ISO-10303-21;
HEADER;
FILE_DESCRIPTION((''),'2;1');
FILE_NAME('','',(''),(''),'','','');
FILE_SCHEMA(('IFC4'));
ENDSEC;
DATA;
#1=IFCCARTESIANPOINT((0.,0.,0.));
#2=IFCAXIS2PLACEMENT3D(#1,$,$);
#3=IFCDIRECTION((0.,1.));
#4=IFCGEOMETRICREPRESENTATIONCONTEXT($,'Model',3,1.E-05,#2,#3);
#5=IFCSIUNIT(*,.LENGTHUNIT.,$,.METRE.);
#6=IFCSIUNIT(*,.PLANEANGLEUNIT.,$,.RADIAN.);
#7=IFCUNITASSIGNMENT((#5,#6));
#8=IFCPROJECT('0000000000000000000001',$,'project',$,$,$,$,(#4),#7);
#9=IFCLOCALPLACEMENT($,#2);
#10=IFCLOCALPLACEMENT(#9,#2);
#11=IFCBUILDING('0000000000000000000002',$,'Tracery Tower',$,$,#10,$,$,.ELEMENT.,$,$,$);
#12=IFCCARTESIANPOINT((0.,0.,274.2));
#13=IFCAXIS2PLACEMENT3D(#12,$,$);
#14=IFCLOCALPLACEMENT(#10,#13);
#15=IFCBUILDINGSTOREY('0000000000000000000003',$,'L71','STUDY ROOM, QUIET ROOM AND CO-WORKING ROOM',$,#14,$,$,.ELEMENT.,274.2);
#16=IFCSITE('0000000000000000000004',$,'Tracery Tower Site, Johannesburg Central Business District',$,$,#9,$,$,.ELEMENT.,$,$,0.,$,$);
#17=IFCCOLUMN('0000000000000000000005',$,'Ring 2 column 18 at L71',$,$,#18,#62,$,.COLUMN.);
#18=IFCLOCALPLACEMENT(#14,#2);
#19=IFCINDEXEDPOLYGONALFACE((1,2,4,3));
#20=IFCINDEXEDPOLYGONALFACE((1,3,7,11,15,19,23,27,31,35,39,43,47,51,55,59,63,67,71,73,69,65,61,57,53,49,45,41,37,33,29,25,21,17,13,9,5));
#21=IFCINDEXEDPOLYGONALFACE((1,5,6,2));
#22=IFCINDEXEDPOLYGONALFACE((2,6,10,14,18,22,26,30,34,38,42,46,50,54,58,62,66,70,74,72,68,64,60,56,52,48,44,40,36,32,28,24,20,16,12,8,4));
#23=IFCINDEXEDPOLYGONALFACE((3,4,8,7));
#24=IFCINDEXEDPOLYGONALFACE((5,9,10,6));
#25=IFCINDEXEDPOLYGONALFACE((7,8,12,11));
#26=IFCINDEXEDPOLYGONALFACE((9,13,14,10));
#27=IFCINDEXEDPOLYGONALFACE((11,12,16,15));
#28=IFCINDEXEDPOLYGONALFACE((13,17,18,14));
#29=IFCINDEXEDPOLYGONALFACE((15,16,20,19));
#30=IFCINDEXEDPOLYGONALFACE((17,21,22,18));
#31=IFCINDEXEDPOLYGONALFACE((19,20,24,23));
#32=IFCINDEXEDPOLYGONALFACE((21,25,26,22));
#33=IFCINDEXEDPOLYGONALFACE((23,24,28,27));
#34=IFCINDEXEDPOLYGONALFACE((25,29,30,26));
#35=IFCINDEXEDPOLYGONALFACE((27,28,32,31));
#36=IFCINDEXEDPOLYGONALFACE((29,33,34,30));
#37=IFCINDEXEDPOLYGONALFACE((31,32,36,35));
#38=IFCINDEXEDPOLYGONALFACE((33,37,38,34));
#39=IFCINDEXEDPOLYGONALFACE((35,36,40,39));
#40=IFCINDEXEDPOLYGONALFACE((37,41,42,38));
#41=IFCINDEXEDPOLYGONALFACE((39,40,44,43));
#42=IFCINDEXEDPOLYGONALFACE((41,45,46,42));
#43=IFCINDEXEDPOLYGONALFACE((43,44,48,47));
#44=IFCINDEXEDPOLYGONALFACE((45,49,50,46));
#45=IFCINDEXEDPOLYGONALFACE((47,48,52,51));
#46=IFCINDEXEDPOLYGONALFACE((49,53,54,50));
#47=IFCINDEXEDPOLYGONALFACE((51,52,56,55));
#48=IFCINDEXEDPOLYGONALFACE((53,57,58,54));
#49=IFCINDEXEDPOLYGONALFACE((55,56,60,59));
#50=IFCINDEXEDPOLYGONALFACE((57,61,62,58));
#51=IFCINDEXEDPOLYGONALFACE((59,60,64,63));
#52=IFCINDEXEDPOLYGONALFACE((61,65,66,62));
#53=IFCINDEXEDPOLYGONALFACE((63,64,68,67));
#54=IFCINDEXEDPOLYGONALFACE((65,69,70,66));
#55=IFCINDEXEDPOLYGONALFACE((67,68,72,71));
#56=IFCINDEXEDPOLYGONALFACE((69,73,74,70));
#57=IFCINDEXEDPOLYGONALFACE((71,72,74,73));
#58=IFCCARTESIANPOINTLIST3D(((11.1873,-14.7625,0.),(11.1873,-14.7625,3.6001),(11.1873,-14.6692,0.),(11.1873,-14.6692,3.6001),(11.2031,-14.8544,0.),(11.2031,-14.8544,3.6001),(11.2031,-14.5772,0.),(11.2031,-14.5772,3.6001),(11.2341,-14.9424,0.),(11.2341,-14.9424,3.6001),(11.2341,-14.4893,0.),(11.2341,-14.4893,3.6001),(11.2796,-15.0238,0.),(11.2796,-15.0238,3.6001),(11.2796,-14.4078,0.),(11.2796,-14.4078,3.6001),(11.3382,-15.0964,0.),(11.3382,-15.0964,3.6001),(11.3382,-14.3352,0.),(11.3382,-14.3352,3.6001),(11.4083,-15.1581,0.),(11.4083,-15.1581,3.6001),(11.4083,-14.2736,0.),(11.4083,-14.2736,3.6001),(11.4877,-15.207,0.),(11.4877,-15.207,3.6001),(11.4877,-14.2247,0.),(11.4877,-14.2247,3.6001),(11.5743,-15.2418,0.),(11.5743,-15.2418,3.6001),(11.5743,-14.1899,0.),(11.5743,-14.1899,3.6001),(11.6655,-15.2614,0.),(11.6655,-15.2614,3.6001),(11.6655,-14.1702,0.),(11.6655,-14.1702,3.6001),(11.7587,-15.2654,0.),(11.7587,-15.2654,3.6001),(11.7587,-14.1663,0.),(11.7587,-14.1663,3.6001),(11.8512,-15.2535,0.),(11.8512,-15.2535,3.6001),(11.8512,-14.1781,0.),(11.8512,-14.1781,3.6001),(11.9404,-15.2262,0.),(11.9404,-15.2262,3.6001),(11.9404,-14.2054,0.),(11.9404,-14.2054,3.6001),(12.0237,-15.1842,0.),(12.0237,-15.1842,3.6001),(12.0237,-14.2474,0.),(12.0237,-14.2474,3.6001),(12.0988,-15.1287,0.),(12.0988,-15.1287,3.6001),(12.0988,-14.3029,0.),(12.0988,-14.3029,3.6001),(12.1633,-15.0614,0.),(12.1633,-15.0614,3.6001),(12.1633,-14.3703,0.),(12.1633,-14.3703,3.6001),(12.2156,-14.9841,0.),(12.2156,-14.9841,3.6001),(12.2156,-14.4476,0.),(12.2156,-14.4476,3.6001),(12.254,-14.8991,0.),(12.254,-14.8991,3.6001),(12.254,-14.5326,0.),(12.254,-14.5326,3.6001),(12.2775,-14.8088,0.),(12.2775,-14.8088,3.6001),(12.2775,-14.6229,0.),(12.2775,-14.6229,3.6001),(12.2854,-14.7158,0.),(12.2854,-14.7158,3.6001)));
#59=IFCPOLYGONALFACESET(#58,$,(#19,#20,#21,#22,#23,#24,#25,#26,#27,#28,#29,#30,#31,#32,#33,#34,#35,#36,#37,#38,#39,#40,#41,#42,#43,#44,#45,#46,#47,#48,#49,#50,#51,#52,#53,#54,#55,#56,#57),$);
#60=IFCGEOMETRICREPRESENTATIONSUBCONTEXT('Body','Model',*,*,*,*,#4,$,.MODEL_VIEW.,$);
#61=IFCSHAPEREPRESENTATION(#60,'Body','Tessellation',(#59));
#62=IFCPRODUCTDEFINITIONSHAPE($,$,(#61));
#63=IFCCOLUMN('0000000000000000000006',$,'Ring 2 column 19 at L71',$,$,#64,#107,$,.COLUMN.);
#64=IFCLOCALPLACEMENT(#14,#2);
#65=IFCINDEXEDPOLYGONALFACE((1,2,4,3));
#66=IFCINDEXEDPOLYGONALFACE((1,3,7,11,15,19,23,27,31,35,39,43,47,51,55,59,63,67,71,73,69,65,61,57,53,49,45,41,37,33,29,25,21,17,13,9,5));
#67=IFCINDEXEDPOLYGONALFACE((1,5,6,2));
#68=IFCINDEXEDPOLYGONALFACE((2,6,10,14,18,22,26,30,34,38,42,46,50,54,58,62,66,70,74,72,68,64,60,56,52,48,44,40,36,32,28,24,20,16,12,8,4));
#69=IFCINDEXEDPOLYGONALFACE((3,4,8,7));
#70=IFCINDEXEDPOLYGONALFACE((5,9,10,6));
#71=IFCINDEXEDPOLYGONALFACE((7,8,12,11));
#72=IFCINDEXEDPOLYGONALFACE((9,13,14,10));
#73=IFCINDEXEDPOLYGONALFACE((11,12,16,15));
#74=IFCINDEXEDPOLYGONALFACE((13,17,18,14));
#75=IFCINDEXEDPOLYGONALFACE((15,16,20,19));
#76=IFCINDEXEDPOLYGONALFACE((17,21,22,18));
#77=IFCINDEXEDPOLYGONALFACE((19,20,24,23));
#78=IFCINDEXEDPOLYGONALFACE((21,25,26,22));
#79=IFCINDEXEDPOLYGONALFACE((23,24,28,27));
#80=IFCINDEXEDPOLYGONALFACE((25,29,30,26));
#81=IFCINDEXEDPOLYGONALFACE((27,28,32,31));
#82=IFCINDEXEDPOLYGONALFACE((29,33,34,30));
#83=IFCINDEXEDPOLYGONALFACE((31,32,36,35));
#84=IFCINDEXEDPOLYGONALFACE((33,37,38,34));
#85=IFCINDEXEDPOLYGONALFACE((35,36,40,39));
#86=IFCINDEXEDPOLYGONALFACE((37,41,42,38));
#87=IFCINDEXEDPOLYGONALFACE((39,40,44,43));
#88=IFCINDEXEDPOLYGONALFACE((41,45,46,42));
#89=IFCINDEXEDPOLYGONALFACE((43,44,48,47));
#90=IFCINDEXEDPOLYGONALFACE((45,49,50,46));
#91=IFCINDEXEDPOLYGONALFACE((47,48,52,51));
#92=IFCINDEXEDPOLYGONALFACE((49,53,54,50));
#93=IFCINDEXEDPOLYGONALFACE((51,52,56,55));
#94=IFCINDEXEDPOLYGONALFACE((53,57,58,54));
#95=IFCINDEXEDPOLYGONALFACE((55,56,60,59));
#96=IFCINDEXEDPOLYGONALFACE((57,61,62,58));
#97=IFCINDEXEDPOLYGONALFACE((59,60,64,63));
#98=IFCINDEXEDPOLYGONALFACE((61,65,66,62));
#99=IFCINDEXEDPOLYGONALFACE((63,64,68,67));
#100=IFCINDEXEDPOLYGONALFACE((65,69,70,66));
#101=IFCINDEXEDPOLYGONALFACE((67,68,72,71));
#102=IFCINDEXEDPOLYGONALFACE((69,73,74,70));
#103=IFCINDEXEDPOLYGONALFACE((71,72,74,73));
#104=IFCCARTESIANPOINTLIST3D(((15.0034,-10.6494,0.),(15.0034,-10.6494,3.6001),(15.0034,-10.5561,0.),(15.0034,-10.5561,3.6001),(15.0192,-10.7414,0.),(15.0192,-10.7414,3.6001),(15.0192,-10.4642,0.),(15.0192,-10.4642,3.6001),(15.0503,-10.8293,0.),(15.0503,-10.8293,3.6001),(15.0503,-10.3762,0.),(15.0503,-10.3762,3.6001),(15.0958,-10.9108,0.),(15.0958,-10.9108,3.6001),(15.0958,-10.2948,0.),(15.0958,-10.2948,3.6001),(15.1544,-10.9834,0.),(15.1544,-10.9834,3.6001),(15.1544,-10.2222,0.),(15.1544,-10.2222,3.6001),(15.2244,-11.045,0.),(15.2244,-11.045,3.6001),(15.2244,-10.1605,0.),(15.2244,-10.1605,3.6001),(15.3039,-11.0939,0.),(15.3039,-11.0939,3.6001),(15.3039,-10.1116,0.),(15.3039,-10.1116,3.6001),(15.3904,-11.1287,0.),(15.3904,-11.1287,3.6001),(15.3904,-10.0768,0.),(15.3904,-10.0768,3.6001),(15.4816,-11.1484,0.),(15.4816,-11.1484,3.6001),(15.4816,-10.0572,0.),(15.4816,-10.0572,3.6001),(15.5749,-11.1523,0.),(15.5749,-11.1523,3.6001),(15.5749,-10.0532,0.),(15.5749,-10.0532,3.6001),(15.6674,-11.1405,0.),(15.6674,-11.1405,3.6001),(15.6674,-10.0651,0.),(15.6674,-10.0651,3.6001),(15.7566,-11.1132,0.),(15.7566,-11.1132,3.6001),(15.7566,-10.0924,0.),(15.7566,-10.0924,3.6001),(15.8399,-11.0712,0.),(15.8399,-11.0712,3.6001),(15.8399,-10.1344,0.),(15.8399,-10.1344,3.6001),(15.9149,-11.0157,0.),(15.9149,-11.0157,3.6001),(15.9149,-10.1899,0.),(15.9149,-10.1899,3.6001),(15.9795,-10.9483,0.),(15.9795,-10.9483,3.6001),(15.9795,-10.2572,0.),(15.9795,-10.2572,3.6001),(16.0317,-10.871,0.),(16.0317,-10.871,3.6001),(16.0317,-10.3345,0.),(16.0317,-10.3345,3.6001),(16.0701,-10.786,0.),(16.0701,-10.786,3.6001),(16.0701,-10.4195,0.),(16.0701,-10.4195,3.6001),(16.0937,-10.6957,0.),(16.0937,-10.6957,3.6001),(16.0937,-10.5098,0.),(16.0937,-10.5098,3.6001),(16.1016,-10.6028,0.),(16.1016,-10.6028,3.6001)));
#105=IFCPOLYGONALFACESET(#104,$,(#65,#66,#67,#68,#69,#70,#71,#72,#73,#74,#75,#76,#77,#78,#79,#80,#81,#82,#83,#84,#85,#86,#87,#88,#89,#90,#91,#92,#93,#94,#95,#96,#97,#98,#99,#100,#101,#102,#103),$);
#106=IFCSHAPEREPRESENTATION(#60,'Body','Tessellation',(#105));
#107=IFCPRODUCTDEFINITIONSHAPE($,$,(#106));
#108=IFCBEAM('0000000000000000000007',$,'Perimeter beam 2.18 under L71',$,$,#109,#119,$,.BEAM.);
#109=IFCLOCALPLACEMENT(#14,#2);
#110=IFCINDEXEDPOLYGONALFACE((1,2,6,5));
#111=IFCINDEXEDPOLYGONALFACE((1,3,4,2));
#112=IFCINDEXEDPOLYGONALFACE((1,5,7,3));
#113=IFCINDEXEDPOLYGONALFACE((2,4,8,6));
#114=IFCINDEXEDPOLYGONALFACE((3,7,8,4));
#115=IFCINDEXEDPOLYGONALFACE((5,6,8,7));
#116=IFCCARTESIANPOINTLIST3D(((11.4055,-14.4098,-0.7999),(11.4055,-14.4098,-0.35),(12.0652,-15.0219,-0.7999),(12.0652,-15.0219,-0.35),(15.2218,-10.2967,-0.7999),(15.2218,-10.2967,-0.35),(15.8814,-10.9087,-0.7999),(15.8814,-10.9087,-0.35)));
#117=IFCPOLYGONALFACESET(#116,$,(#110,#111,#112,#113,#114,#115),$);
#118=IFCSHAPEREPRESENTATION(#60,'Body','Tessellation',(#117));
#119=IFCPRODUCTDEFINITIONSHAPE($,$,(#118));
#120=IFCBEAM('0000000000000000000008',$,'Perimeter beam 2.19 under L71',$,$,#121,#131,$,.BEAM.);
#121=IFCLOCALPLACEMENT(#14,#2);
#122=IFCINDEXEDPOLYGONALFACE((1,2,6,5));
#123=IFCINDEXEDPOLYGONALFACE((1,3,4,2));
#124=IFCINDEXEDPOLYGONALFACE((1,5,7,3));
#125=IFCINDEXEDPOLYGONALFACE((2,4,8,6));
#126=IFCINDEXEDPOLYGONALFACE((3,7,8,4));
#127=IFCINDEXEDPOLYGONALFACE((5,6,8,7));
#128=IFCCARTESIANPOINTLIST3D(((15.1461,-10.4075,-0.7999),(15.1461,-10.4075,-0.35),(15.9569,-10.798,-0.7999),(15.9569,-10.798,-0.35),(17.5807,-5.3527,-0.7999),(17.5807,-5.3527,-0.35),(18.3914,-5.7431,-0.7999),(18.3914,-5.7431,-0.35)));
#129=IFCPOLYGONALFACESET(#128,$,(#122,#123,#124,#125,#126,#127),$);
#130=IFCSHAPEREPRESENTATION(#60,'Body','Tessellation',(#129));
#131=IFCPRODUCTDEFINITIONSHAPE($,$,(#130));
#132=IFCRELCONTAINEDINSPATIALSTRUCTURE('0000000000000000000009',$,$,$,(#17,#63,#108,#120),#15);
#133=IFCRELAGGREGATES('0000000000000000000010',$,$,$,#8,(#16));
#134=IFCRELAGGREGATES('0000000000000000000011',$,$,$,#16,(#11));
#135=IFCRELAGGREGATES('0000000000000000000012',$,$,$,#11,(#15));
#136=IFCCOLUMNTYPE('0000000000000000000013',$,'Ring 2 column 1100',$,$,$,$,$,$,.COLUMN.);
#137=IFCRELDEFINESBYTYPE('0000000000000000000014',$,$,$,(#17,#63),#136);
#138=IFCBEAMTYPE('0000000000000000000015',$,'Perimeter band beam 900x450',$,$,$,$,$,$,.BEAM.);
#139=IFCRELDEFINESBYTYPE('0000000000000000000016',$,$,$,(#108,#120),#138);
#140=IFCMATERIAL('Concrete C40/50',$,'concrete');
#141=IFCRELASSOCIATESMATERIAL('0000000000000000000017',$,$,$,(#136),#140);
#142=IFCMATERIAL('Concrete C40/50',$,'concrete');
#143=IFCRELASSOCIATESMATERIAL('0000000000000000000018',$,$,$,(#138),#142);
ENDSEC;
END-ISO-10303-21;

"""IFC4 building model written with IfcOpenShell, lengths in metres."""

from ifc_helpers import new_model, si_unit, direction, frame, origin, origin_2d, place, context, subcontext, project, spatial, rectangle, circle, extrude, material, material_profile, profile_set, type_object, element, save


model = new_model("IFC4")

# Units and contexts
model_context = context("Model", 3, precision=1e-05, world=origin(), true_north=direction((0.0, 1.0)))
body_context = subcontext(model_context, "Body", "Model", "MODEL_VIEW")
ifc_project = project(units=[si_unit("LENGTHUNIT", "METRE"), si_unit("PLANEANGLEUNIT", "RADIAN")], contexts=[model_context])

# Site, building, storey
site_placement = place(None, origin())
site = spatial("IfcSite", under=ifc_project, at=site_placement, Name="Tracery Tower Site, Johannesburg Central Business District", CompositionType="ELEMENT", RefElevation=0.0)
building_placement = place(site_placement, origin())
building = spatial("IfcBuilding", under=site, at=building_placement, Name="Tracery Tower", CompositionType="ELEMENT")
storey_placement = place(building_placement, frame((0.0, 0.0, 274.2)))
storey = spatial("IfcBuildingStorey", under=building, at=storey_placement, Name="L71", Description="STUDY ROOM, QUIET ROOM AND CO-WORKING ROOM", CompositionType="ELEMENT", Elevation=274.2)

# Columns
ifc_material_1 = material(Name="Concrete C40/50", Category="concrete")
ifc_material_profile_1 = material_profile(ifc_material_1, circle(Radius=0.55, at=origin_2d()), Name="RC D1100")
ifc_profile_set_1 = profile_set([ifc_material_profile_1], Name="Concrete C40/50")
column_type = type_object("IfcColumnType", Name="Ring 2 column 1100", PredefinedType="COLUMN", material=ifc_profile_set_1)
for number, where, z_axis, x_axis, name in (
    (1, (11.7354, -14.7158, 0.0), (0.0, 0.0, 1.0), (1.0, 0.0, 0.0), "Ring 2 column 18 at L71"),
    (2, (15.5515, -10.6028, 0.0), (0.0, 0.0, 1.0), (1.0, 0.0, 0.0), "Ring 2 column 19 at L71"),
):
    element("IfcColumn", number, at=place(storey_placement, frame(where, z_axis=z_axis, x_axis=x_axis)), inside=storey, type_object=column_type, Name=name, PredefinedType="COLUMN", context=body_context, shape_type="SweptSolid", body=[
        extrude(circle(Radius=0.55, at=origin_2d()), origin(), (0.0, 0.0, 1.0), 3.6001),
    ])

# Beams
ifc_material_2 = material(Name="Concrete C40/50", Category="concrete")
ifc_material_profile_2 = material_profile(ifc_material_2, rectangle(XDim=0.8999, YDim=0.45, at=origin_2d()), Name="RC 900x450")
ifc_profile_set_2 = profile_set([ifc_material_profile_2], Name="Concrete C40/50")
beam_type = type_object("IfcBeamType", Name="Perimeter band beam 900x450", PredefinedType="BEAM", material=ifc_profile_set_2)
beam_1_placement = place(storey_placement, frame((11.7354, -14.7158, -0.575), z_axis=(0.680156, 0.733068, 0.0), x_axis=(-0.733068, 0.680156, 0.0)))
element("IfcBeam", 3, at=beam_1_placement, inside=storey, type_object=beam_type, Name="Perimeter beam 2.18 under L71", PredefinedType="BEAM", context=body_context, shape_type="SweptSolid", body=[
    extrude(rectangle(XDim=0.8999, YDim=0.45, at=origin_2d()), origin(), (0.0, 0.0, 1.0), 5.6108),
])
beam_2_placement = place(storey_placement, frame((15.5515, -10.6028, -0.575), z_axis=(0.433919, 0.900952, 0.0), x_axis=(-0.900952, 0.433919, 0.0)))
element("IfcBeam", 4, at=beam_2_placement, inside=storey, type_object=beam_type, Name="Perimeter beam 2.19 under L71", PredefinedType="BEAM", context=body_context, shape_type="SweptSolid", body=[
    extrude(rectangle(XDim=0.8999, YDim=0.45, at=origin_2d()), origin(), (0.0, 0.0, 1.0), 5.6106),
])

save(model, "model.ifc")
